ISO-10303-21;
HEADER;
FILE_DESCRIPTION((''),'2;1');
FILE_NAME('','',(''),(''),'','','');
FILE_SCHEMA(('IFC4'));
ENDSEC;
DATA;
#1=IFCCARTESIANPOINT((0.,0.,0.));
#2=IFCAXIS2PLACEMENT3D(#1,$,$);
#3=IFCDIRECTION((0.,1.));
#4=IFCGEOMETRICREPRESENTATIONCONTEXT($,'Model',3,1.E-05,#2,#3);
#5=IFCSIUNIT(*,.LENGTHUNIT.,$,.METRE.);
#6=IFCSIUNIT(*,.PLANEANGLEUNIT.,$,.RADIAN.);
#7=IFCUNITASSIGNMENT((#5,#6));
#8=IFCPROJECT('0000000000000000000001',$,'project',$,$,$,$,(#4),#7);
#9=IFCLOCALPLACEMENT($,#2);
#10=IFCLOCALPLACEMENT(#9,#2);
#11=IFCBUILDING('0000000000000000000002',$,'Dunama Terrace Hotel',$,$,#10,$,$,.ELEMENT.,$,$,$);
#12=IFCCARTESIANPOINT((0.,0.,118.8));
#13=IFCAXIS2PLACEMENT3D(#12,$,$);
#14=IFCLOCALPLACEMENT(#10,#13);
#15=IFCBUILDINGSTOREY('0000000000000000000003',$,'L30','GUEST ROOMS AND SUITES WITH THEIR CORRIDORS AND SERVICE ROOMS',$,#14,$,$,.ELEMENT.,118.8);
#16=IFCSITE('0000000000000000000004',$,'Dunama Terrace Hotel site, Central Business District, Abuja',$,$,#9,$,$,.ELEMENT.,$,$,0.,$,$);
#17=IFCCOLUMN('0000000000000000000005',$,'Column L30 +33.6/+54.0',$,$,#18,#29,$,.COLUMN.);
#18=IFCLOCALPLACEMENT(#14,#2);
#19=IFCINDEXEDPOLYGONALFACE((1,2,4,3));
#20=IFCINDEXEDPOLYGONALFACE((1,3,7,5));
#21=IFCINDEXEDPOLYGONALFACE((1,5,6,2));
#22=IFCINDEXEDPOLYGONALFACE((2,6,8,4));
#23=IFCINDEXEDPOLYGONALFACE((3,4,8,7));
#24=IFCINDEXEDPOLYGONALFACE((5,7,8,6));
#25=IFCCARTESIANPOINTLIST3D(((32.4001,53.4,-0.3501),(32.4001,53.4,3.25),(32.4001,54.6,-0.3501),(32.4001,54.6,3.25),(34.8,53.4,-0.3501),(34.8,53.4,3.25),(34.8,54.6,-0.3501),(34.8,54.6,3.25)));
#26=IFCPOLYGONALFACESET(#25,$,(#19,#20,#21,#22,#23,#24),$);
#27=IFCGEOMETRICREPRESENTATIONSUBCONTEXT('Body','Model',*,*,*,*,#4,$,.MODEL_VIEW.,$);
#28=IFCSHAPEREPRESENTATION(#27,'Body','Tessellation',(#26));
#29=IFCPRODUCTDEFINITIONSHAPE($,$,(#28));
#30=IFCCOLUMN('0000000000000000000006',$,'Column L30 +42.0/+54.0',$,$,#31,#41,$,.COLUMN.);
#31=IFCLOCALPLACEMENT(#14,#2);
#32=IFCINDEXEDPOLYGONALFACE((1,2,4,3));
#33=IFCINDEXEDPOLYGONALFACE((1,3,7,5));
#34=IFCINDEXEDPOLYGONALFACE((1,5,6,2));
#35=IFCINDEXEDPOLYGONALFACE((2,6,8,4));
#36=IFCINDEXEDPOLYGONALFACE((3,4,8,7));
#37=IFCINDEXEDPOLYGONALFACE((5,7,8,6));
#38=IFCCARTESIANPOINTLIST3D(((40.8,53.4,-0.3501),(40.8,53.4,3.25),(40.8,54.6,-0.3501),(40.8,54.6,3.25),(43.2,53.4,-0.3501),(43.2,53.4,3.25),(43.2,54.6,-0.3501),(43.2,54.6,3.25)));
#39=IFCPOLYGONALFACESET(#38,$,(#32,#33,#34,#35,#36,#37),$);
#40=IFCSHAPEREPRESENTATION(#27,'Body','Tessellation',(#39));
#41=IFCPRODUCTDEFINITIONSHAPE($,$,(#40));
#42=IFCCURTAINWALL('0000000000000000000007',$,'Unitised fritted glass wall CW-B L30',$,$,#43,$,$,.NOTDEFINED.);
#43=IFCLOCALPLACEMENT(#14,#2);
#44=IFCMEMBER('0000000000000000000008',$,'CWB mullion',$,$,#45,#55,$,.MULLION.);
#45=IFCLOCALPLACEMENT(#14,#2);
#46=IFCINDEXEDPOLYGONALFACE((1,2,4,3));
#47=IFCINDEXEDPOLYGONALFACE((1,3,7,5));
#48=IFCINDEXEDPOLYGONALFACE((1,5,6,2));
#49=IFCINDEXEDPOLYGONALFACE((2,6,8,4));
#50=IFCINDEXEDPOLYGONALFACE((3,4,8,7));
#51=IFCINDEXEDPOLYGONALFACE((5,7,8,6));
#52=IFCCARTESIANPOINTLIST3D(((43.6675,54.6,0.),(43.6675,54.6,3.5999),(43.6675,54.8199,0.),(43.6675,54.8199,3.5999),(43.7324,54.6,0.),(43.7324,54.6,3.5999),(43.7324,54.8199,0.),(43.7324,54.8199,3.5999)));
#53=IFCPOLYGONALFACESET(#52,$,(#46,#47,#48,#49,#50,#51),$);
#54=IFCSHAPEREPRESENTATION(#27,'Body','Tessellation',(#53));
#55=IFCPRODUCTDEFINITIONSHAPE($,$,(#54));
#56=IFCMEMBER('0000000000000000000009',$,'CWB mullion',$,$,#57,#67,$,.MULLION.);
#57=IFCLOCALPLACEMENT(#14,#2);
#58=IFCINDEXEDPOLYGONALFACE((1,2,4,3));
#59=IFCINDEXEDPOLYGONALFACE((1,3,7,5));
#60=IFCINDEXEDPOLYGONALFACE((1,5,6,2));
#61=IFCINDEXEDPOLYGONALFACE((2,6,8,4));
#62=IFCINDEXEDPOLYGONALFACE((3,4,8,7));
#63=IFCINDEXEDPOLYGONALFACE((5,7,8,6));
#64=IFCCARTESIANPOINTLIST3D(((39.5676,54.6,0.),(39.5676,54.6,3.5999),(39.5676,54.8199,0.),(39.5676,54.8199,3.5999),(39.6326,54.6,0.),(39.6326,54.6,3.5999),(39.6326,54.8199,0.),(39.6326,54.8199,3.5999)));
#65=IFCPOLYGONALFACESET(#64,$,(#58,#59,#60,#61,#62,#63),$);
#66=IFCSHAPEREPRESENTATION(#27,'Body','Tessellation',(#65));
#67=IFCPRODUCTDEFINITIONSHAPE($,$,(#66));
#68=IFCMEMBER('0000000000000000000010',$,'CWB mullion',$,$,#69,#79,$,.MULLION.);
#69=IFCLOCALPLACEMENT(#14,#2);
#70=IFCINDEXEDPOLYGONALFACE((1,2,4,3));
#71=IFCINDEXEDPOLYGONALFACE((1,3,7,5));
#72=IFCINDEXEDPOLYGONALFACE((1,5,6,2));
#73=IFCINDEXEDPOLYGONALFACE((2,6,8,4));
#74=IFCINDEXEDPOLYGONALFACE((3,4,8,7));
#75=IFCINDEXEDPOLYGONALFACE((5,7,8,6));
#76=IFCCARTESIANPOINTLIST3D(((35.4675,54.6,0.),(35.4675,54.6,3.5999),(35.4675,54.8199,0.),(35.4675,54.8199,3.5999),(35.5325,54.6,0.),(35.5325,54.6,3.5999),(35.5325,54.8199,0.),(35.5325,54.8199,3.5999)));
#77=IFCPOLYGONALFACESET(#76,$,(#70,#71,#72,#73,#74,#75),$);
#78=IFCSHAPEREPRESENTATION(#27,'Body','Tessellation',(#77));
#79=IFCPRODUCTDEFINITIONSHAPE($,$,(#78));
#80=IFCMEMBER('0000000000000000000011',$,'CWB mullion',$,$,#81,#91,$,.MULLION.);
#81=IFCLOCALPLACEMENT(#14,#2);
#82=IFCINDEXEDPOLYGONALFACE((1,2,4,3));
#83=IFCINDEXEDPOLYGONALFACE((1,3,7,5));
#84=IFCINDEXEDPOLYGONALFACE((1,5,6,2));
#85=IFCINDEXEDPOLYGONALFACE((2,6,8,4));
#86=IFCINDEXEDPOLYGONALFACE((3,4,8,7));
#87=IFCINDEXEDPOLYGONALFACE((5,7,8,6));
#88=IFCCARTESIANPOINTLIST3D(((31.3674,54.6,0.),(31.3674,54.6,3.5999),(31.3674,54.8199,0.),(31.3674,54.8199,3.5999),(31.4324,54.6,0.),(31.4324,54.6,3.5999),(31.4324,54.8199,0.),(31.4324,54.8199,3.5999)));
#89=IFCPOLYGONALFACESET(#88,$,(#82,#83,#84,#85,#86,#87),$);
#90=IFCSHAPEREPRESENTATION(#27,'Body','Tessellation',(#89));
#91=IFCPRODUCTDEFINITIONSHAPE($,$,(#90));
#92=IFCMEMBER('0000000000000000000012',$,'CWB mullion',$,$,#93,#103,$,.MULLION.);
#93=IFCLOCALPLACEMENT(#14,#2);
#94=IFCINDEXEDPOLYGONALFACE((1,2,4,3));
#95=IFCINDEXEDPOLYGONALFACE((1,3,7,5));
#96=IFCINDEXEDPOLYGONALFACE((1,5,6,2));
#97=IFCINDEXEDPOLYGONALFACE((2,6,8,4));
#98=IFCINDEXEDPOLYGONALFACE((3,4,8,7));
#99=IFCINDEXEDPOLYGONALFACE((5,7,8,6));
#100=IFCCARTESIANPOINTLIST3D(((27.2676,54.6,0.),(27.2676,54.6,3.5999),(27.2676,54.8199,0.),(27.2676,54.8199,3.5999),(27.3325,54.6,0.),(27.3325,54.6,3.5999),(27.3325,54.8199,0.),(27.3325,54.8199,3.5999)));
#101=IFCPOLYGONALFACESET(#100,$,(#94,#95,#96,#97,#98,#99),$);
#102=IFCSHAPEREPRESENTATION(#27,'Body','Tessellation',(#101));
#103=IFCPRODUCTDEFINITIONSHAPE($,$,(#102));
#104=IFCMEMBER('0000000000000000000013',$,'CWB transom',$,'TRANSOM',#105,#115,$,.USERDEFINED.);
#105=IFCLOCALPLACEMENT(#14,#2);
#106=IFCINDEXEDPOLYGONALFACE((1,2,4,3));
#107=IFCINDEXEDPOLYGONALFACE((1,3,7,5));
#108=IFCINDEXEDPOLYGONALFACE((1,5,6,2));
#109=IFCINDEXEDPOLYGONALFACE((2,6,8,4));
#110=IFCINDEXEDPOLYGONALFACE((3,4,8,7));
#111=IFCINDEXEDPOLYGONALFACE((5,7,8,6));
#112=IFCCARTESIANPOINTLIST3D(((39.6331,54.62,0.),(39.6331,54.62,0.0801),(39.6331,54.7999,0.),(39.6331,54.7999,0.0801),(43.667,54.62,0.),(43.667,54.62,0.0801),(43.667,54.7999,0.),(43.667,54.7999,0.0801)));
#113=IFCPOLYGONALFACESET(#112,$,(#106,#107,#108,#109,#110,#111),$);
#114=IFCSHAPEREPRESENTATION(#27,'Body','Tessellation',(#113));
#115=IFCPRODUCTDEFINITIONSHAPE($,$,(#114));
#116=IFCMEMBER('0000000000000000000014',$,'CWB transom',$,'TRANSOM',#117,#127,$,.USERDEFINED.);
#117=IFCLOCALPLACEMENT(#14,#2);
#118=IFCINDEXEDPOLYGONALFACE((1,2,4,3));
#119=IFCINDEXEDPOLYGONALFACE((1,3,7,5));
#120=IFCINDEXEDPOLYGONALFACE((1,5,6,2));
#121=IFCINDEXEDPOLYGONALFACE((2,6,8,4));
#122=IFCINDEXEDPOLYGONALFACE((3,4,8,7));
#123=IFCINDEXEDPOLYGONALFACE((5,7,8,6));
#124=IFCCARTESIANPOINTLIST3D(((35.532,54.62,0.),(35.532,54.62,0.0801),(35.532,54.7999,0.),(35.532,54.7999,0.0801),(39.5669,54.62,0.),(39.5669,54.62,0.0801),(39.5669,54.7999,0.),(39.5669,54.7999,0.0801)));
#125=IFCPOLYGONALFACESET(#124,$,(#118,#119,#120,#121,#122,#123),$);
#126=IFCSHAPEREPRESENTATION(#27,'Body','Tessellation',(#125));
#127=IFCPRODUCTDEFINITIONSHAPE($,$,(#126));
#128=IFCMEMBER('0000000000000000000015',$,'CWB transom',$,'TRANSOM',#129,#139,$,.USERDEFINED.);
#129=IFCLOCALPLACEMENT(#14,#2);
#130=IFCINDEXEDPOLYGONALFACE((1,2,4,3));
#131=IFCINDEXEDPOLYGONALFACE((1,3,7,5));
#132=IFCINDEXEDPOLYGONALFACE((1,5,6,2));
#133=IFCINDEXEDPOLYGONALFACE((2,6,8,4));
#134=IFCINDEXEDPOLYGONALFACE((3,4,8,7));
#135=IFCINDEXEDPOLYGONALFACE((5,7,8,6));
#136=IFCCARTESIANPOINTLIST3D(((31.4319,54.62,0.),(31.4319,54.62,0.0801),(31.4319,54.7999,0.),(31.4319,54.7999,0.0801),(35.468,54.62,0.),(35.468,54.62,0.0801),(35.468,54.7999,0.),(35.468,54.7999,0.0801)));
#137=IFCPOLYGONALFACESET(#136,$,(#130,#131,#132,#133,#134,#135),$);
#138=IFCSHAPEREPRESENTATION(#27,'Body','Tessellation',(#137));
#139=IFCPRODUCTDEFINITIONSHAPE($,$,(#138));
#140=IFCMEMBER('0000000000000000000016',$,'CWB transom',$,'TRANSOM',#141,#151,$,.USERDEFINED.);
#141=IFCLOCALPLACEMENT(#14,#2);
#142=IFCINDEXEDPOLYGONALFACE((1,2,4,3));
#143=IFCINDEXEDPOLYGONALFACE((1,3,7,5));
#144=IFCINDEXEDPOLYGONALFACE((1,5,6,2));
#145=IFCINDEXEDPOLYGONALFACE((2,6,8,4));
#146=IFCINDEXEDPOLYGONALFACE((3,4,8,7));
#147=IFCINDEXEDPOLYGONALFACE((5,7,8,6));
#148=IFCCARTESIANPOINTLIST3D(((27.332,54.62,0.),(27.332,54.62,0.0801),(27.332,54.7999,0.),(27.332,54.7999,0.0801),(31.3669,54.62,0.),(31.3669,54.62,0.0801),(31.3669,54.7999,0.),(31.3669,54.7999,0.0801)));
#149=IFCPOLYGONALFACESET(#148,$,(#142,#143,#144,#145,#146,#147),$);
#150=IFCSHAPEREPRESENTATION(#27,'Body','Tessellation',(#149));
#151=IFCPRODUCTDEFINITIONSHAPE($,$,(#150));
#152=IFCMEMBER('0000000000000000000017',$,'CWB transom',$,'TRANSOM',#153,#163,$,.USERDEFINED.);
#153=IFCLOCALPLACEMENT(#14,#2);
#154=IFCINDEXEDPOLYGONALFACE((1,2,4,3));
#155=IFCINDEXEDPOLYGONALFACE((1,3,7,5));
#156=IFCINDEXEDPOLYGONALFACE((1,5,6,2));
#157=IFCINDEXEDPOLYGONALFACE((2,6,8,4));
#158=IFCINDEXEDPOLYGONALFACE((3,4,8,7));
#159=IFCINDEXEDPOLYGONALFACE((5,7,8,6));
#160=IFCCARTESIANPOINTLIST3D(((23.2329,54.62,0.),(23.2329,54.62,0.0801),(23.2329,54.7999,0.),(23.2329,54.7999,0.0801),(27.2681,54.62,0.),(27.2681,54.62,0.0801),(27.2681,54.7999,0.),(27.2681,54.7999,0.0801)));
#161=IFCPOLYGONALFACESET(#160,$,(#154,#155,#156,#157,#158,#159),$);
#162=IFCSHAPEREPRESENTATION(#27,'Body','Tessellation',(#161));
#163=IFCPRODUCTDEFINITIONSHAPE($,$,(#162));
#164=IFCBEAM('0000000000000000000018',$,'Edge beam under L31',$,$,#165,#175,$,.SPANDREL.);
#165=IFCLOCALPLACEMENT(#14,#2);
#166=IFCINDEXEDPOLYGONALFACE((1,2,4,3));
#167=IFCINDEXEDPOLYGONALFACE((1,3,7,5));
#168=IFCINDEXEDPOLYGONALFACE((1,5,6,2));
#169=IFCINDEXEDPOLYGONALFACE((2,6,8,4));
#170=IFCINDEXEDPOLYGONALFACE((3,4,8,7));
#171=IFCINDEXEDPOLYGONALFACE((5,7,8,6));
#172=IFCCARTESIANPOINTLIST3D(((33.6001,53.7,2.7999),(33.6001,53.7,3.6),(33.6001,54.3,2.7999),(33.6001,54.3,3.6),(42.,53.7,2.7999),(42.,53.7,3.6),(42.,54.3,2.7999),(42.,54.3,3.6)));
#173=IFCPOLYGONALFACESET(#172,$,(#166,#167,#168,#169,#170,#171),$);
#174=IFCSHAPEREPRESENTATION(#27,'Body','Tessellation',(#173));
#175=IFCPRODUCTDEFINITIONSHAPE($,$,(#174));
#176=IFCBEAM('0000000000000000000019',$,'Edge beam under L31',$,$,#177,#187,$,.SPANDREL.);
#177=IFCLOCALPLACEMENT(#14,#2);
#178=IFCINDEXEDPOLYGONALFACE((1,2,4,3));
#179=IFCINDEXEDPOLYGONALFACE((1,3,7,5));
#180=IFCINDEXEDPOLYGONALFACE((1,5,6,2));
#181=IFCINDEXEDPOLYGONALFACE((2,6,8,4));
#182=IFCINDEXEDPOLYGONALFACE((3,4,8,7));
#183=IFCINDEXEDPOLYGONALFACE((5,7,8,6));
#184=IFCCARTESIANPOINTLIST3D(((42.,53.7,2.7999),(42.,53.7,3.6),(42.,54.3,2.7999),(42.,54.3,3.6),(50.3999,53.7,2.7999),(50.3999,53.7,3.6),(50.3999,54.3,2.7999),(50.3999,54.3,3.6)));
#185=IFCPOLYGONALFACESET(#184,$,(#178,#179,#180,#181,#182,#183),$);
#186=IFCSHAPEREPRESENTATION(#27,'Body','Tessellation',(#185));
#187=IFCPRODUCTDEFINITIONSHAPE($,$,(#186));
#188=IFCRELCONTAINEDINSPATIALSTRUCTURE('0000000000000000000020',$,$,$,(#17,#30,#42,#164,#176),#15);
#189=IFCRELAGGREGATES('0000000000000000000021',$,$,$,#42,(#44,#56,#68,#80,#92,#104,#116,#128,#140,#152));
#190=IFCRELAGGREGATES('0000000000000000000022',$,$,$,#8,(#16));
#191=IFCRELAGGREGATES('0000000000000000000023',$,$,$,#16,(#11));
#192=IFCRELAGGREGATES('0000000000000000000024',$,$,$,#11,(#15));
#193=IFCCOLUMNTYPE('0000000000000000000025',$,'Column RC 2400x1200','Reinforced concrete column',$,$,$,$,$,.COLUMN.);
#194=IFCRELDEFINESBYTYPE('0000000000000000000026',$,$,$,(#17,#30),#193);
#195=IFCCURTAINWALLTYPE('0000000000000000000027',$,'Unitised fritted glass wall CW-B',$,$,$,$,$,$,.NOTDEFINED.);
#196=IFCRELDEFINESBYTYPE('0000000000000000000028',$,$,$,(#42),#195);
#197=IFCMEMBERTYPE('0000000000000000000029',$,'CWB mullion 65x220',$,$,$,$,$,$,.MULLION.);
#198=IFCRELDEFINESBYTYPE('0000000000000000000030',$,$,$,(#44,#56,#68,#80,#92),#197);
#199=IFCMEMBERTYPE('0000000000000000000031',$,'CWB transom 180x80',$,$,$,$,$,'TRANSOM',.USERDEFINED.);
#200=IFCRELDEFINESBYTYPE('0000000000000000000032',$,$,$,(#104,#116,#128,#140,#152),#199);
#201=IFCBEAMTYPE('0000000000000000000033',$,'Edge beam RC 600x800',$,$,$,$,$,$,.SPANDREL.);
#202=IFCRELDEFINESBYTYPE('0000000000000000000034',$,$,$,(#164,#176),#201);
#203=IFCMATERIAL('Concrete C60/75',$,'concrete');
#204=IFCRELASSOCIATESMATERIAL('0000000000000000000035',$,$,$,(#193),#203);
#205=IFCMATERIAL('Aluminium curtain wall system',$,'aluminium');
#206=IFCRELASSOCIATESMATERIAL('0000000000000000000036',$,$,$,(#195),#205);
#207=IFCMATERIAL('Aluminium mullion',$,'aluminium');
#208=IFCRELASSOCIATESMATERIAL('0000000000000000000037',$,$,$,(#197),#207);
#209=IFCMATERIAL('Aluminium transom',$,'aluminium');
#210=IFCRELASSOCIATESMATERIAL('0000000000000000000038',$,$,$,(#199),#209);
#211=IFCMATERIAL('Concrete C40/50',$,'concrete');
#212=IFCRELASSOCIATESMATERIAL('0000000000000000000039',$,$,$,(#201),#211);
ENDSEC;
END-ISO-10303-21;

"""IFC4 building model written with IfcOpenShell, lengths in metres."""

from ifc_helpers import new_model, si_unit, direction, frame, origin, origin_2d, place, context, subcontext, project, spatial, rectangle, extrude, material, material_profile, profile_set, type_object, element, aggregate, save


model = new_model("IFC4")

# Units and contexts
model_context = context("Model", 3, precision=1e-05, world=origin(), true_north=direction((0.0, 1.0)))
body_context = subcontext(model_context, "Body", "Model", "MODEL_VIEW")
ifc_project = project(units=[si_unit("LENGTHUNIT", "METRE"), si_unit("PLANEANGLEUNIT", "RADIAN")], contexts=[model_context])

# Site, building, storey
site_placement = place(None, origin())
site = spatial("IfcSite", under=ifc_project, at=site_placement, Name="Dunama Terrace Hotel site, Central Business District, Abuja", CompositionType="ELEMENT", RefElevation=0.0)
building_placement = place(site_placement, origin())
building = spatial("IfcBuilding", under=site, at=building_placement, Name="Dunama Terrace Hotel", CompositionType="ELEMENT")
storey_placement = place(building_placement, frame((0.0, 0.0, 118.8)))
storey = spatial("IfcBuildingStorey", under=building, at=storey_placement, Name="L30", Description="GUEST ROOMS AND SUITES WITH THEIR CORRIDORS AND SERVICE ROOMS", CompositionType="ELEMENT", Elevation=118.8)

# Columns
ifc_material_1 = material(Name="Concrete C60/75", Category="concrete")
ifc_material_profile_1 = material_profile(ifc_material_1, rectangle(XDim=2.3999, YDim=1.2, at=origin_2d()), Name="RC 2400x1200")
ifc_profile_set_1 = profile_set([ifc_material_profile_1], Name="Concrete C60/75")
column_type = type_object("IfcColumnType", Name="Column RC 2400x1200", Description="Reinforced concrete column", PredefinedType="COLUMN", material=ifc_profile_set_1)
for number, where, z_axis, x_axis, name in (
    (1, (33.6001, 54.0, -0.3501), (0.0, 0.0, 1.0), (1.0, 0.0, 0.0), "Column L30 +33.6/+54.0"),
    (2, (42.0, 54.0, -0.3501), (0.0, 0.0, 1.0), (1.0, 0.0, 0.0), "Column L30 +42.0/+54.0"),
):
    element("IfcColumn", number, at=place(storey_placement, frame(where, z_axis=z_axis, x_axis=x_axis)), inside=storey, type_object=column_type, Name=name, PredefinedType="COLUMN", context=body_context, shape_type="SweptSolid", body=[
        extrude(rectangle(XDim=2.3999, YDim=1.2, at=origin_2d()), origin(), (0.0, 0.0, 1.0), 3.6001),
    ])

# Curtain wall, members
ifc_material_2 = material(Name="Aluminium curtain wall system", Category="aluminium")
curtain_wall_type = type_object("IfcCurtainWallType", Name="Unitised fritted glass wall CW-B", PredefinedType="NOTDEFINED", material=ifc_material_2)
curtain_wall_placement = place(storey_placement, origin())
curtain_wall = element("IfcCurtainWall", 3, at=curtain_wall_placement, inside=storey, type_object=curtain_wall_type, Name="Unitised fritted glass wall CW-B L30", PredefinedType="NOTDEFINED")
ifc_material_3 = material(Name="Aluminium mullion", Category="aluminium")
ifc_material_profile_2 = material_profile(ifc_material_3, rectangle(XDim=0.0649, YDim=0.22, at=origin_2d()), Name="CWB MULLION 65X220")
ifc_profile_set_2 = profile_set([ifc_material_profile_2], Name="Aluminium mullion")
member_type_1 = type_object("IfcMemberType", Name="CWB mullion 65x220", PredefinedType="MULLION", material=ifc_profile_set_2)
member_1_placement = place(storey_placement, frame((43.7, 54.71, 0.0), z_axis=(0.0, 0.0, 1.0), x_axis=(-1.0, 0.0, 0.0)))
member_1 = element("IfcMember", 4, at=member_1_placement, type_object=member_type_1, Name="CWB mullion", PredefinedType="MULLION", context=body_context, shape_type="SweptSolid", body=[
    extrude(rectangle(XDim=0.0649, YDim=0.22, at=origin_2d()), origin(), (0.0, 0.0, 1.0), 3.5999),
])
member_2_placement = place(storey_placement, frame((39.6001, 54.71, 0.0), z_axis=(0.0, 0.0, 1.0), x_axis=(-1.0, 0.0, 0.0)))
member_2 = element("IfcMember", 5, at=member_2_placement, type_object=member_type_1, Name="CWB mullion", PredefinedType="MULLION", context=body_context, shape_type="SweptSolid", body=[
    extrude(rectangle(XDim=0.0649, YDim=0.22, at=origin_2d()), origin(), (0.0, 0.0, 1.0), 3.5999),
])
member_3_placement = place(storey_placement, frame((35.5, 54.71, 0.0), z_axis=(0.0, 0.0, 1.0), x_axis=(-1.0, 0.0, 0.0)))
member_3 = element("IfcMember", 6, at=member_3_placement, type_object=member_type_1, Name="CWB mullion", PredefinedType="MULLION", context=body_context, shape_type="SweptSolid", body=[
    extrude(rectangle(XDim=0.0649, YDim=0.22, at=origin_2d()), origin(), (0.0, 0.0, 1.0), 3.5999),
])
member_4_placement = place(storey_placement, frame((31.3999, 54.71, 0.0), z_axis=(0.0, 0.0, 1.0), x_axis=(-1.0, 0.0, 0.0)))
member_4 = element("IfcMember", 7, at=member_4_placement, type_object=member_type_1, Name="CWB mullion", PredefinedType="MULLION", context=body_context, shape_type="SweptSolid", body=[
    extrude(rectangle(XDim=0.0649, YDim=0.22, at=origin_2d()), origin(), (0.0, 0.0, 1.0), 3.5999),
])
member_5_placement = place(storey_placement, frame((27.3, 54.71, 0.0), z_axis=(0.0, 0.0, 1.0), x_axis=(-1.0, 0.0, 0.0)))
member_5 = element("IfcMember", 8, at=member_5_placement, type_object=member_type_1, Name="CWB mullion", PredefinedType="MULLION", context=body_context, shape_type="SweptSolid", body=[
    extrude(rectangle(XDim=0.0649, YDim=0.22, at=origin_2d()), origin(), (0.0, 0.0, 1.0), 3.5999),
])
ifc_material_4 = material(Name="Aluminium transom", Category="aluminium")
ifc_material_profile_3 = material_profile(ifc_material_4, rectangle(XDim=0.1799, YDim=0.0801, at=origin_2d()), Name="CWB TRANSOM 180X80")
ifc_profile_set_3 = profile_set([ifc_material_profile_3], Name="Aluminium transom")
member_type_2 = type_object("IfcMemberType", Name="CWB transom 180x80", ElementType="TRANSOM", PredefinedType="USERDEFINED", material=ifc_profile_set_3)
member_6_placement = place(storey_placement, frame((43.667, 54.71, 0.04), z_axis=(-1.0, 0.0, 0.0), x_axis=(0.0, -1.0, 0.0)))
member_6 = element("IfcMember", 9, at=member_6_placement, type_object=member_type_2, Name="CWB transom", ObjectType="TRANSOM", PredefinedType="USERDEFINED", context=body_context, shape_type="SweptSolid", body=[
    extrude(rectangle(XDim=0.1799, YDim=0.0801, at=origin_2d()), origin(), (0.0, 0.0, 1.0), 4.0339),
])
member_7_placement = place(storey_placement, frame((39.5669, 54.71, 0.04), z_axis=(-1.0, 0.0, 0.0), x_axis=(0.0, -1.0, 0.0)))
member_7 = element("IfcMember", 10, at=member_7_placement, type_object=member_type_2, Name="CWB transom", ObjectType="TRANSOM", PredefinedType="USERDEFINED", context=body_context, shape_type="SweptSolid", body=[
    extrude(rectangle(XDim=0.1799, YDim=0.0801, at=origin_2d()), origin(), (0.0, 0.0, 1.0), 4.0349),
])
member_8_placement = place(storey_placement, frame((35.468, 54.71, 0.04), z_axis=(-1.0, 0.0, 0.0), x_axis=(0.0, -1.0, 0.0)))
member_8 = element("IfcMember", 11, at=member_8_placement, type_object=member_type_2, Name="CWB transom", ObjectType="TRANSOM", PredefinedType="USERDEFINED", context=body_context, shape_type="SweptSolid", body=[
    extrude(rectangle(XDim=0.1799, YDim=0.0801, at=origin_2d()), origin(), (0.0, 0.0, 1.0), 4.0361),
])
member_9_placement = place(storey_placement, frame((31.3669, 54.71, 0.04), z_axis=(-1.0, 0.0, 0.0), x_axis=(0.0, -1.0, 0.0)))
member_9 = element("IfcMember", 12, at=member_9_placement, type_object=member_type_2, Name="CWB transom", ObjectType="TRANSOM", PredefinedType="USERDEFINED", context=body_context, shape_type="SweptSolid", body=[
    extrude(rectangle(XDim=0.1799, YDim=0.0801, at=origin_2d()), origin(), (0.0, 0.0, 1.0), 4.0349),
])
member_10_placement = place(storey_placement, frame((27.2681, 54.71, 0.04), z_axis=(-1.0, 0.0, 0.0), x_axis=(0.0, -1.0, 0.0)))
member_10 = element("IfcMember", 13, at=member_10_placement, type_object=member_type_2, Name="CWB transom", ObjectType="TRANSOM", PredefinedType="USERDEFINED", context=body_context, shape_type="SweptSolid", body=[
    extrude(rectangle(XDim=0.1799, YDim=0.0801, at=origin_2d()), origin(), (0.0, 0.0, 1.0), 4.0352),
])

# Beams
ifc_material_5 = material(Name="Concrete C40/50", Category="concrete")
ifc_material_profile_4 = material_profile(ifc_material_5, rectangle(XDim=0.6001, YDim=0.8, at=origin_2d()), Name="RC 600x800")
ifc_profile_set_4 = profile_set([ifc_material_profile_4], Name="Concrete C40/50")
beam_type = type_object("IfcBeamType", Name="Edge beam RC 600x800", PredefinedType="SPANDREL", material=ifc_profile_set_4)
for number, where, z_axis, x_axis, name in (
    (14, (33.6001, 54.0, 3.2), (1.0, 0.0, 0.0), (0.0, 1.0, 0.0), "Edge beam under L31"),
    (15, (42.0, 54.0, 3.2), (1.0, 0.0, 0.0), (0.0, 1.0, 0.0), "Edge beam under L31"),
):
    element("IfcBeam", number, at=place(storey_placement, frame(where, z_axis=z_axis, x_axis=x_axis)), inside=storey, type_object=beam_type, Name=name, PredefinedType="SPANDREL", context=body_context, shape_type="SweptSolid", body=[
        extrude(rectangle(XDim=0.6001, YDim=0.8, at=origin_2d()), origin(), (0.0, 0.0, 1.0), 8.3999),
    ])

aggregate(curtain_wall, [member_1, member_2, member_3, member_4, member_5, member_6, member_7, member_8, member_9, member_10])

save(model, "model.ifc")
